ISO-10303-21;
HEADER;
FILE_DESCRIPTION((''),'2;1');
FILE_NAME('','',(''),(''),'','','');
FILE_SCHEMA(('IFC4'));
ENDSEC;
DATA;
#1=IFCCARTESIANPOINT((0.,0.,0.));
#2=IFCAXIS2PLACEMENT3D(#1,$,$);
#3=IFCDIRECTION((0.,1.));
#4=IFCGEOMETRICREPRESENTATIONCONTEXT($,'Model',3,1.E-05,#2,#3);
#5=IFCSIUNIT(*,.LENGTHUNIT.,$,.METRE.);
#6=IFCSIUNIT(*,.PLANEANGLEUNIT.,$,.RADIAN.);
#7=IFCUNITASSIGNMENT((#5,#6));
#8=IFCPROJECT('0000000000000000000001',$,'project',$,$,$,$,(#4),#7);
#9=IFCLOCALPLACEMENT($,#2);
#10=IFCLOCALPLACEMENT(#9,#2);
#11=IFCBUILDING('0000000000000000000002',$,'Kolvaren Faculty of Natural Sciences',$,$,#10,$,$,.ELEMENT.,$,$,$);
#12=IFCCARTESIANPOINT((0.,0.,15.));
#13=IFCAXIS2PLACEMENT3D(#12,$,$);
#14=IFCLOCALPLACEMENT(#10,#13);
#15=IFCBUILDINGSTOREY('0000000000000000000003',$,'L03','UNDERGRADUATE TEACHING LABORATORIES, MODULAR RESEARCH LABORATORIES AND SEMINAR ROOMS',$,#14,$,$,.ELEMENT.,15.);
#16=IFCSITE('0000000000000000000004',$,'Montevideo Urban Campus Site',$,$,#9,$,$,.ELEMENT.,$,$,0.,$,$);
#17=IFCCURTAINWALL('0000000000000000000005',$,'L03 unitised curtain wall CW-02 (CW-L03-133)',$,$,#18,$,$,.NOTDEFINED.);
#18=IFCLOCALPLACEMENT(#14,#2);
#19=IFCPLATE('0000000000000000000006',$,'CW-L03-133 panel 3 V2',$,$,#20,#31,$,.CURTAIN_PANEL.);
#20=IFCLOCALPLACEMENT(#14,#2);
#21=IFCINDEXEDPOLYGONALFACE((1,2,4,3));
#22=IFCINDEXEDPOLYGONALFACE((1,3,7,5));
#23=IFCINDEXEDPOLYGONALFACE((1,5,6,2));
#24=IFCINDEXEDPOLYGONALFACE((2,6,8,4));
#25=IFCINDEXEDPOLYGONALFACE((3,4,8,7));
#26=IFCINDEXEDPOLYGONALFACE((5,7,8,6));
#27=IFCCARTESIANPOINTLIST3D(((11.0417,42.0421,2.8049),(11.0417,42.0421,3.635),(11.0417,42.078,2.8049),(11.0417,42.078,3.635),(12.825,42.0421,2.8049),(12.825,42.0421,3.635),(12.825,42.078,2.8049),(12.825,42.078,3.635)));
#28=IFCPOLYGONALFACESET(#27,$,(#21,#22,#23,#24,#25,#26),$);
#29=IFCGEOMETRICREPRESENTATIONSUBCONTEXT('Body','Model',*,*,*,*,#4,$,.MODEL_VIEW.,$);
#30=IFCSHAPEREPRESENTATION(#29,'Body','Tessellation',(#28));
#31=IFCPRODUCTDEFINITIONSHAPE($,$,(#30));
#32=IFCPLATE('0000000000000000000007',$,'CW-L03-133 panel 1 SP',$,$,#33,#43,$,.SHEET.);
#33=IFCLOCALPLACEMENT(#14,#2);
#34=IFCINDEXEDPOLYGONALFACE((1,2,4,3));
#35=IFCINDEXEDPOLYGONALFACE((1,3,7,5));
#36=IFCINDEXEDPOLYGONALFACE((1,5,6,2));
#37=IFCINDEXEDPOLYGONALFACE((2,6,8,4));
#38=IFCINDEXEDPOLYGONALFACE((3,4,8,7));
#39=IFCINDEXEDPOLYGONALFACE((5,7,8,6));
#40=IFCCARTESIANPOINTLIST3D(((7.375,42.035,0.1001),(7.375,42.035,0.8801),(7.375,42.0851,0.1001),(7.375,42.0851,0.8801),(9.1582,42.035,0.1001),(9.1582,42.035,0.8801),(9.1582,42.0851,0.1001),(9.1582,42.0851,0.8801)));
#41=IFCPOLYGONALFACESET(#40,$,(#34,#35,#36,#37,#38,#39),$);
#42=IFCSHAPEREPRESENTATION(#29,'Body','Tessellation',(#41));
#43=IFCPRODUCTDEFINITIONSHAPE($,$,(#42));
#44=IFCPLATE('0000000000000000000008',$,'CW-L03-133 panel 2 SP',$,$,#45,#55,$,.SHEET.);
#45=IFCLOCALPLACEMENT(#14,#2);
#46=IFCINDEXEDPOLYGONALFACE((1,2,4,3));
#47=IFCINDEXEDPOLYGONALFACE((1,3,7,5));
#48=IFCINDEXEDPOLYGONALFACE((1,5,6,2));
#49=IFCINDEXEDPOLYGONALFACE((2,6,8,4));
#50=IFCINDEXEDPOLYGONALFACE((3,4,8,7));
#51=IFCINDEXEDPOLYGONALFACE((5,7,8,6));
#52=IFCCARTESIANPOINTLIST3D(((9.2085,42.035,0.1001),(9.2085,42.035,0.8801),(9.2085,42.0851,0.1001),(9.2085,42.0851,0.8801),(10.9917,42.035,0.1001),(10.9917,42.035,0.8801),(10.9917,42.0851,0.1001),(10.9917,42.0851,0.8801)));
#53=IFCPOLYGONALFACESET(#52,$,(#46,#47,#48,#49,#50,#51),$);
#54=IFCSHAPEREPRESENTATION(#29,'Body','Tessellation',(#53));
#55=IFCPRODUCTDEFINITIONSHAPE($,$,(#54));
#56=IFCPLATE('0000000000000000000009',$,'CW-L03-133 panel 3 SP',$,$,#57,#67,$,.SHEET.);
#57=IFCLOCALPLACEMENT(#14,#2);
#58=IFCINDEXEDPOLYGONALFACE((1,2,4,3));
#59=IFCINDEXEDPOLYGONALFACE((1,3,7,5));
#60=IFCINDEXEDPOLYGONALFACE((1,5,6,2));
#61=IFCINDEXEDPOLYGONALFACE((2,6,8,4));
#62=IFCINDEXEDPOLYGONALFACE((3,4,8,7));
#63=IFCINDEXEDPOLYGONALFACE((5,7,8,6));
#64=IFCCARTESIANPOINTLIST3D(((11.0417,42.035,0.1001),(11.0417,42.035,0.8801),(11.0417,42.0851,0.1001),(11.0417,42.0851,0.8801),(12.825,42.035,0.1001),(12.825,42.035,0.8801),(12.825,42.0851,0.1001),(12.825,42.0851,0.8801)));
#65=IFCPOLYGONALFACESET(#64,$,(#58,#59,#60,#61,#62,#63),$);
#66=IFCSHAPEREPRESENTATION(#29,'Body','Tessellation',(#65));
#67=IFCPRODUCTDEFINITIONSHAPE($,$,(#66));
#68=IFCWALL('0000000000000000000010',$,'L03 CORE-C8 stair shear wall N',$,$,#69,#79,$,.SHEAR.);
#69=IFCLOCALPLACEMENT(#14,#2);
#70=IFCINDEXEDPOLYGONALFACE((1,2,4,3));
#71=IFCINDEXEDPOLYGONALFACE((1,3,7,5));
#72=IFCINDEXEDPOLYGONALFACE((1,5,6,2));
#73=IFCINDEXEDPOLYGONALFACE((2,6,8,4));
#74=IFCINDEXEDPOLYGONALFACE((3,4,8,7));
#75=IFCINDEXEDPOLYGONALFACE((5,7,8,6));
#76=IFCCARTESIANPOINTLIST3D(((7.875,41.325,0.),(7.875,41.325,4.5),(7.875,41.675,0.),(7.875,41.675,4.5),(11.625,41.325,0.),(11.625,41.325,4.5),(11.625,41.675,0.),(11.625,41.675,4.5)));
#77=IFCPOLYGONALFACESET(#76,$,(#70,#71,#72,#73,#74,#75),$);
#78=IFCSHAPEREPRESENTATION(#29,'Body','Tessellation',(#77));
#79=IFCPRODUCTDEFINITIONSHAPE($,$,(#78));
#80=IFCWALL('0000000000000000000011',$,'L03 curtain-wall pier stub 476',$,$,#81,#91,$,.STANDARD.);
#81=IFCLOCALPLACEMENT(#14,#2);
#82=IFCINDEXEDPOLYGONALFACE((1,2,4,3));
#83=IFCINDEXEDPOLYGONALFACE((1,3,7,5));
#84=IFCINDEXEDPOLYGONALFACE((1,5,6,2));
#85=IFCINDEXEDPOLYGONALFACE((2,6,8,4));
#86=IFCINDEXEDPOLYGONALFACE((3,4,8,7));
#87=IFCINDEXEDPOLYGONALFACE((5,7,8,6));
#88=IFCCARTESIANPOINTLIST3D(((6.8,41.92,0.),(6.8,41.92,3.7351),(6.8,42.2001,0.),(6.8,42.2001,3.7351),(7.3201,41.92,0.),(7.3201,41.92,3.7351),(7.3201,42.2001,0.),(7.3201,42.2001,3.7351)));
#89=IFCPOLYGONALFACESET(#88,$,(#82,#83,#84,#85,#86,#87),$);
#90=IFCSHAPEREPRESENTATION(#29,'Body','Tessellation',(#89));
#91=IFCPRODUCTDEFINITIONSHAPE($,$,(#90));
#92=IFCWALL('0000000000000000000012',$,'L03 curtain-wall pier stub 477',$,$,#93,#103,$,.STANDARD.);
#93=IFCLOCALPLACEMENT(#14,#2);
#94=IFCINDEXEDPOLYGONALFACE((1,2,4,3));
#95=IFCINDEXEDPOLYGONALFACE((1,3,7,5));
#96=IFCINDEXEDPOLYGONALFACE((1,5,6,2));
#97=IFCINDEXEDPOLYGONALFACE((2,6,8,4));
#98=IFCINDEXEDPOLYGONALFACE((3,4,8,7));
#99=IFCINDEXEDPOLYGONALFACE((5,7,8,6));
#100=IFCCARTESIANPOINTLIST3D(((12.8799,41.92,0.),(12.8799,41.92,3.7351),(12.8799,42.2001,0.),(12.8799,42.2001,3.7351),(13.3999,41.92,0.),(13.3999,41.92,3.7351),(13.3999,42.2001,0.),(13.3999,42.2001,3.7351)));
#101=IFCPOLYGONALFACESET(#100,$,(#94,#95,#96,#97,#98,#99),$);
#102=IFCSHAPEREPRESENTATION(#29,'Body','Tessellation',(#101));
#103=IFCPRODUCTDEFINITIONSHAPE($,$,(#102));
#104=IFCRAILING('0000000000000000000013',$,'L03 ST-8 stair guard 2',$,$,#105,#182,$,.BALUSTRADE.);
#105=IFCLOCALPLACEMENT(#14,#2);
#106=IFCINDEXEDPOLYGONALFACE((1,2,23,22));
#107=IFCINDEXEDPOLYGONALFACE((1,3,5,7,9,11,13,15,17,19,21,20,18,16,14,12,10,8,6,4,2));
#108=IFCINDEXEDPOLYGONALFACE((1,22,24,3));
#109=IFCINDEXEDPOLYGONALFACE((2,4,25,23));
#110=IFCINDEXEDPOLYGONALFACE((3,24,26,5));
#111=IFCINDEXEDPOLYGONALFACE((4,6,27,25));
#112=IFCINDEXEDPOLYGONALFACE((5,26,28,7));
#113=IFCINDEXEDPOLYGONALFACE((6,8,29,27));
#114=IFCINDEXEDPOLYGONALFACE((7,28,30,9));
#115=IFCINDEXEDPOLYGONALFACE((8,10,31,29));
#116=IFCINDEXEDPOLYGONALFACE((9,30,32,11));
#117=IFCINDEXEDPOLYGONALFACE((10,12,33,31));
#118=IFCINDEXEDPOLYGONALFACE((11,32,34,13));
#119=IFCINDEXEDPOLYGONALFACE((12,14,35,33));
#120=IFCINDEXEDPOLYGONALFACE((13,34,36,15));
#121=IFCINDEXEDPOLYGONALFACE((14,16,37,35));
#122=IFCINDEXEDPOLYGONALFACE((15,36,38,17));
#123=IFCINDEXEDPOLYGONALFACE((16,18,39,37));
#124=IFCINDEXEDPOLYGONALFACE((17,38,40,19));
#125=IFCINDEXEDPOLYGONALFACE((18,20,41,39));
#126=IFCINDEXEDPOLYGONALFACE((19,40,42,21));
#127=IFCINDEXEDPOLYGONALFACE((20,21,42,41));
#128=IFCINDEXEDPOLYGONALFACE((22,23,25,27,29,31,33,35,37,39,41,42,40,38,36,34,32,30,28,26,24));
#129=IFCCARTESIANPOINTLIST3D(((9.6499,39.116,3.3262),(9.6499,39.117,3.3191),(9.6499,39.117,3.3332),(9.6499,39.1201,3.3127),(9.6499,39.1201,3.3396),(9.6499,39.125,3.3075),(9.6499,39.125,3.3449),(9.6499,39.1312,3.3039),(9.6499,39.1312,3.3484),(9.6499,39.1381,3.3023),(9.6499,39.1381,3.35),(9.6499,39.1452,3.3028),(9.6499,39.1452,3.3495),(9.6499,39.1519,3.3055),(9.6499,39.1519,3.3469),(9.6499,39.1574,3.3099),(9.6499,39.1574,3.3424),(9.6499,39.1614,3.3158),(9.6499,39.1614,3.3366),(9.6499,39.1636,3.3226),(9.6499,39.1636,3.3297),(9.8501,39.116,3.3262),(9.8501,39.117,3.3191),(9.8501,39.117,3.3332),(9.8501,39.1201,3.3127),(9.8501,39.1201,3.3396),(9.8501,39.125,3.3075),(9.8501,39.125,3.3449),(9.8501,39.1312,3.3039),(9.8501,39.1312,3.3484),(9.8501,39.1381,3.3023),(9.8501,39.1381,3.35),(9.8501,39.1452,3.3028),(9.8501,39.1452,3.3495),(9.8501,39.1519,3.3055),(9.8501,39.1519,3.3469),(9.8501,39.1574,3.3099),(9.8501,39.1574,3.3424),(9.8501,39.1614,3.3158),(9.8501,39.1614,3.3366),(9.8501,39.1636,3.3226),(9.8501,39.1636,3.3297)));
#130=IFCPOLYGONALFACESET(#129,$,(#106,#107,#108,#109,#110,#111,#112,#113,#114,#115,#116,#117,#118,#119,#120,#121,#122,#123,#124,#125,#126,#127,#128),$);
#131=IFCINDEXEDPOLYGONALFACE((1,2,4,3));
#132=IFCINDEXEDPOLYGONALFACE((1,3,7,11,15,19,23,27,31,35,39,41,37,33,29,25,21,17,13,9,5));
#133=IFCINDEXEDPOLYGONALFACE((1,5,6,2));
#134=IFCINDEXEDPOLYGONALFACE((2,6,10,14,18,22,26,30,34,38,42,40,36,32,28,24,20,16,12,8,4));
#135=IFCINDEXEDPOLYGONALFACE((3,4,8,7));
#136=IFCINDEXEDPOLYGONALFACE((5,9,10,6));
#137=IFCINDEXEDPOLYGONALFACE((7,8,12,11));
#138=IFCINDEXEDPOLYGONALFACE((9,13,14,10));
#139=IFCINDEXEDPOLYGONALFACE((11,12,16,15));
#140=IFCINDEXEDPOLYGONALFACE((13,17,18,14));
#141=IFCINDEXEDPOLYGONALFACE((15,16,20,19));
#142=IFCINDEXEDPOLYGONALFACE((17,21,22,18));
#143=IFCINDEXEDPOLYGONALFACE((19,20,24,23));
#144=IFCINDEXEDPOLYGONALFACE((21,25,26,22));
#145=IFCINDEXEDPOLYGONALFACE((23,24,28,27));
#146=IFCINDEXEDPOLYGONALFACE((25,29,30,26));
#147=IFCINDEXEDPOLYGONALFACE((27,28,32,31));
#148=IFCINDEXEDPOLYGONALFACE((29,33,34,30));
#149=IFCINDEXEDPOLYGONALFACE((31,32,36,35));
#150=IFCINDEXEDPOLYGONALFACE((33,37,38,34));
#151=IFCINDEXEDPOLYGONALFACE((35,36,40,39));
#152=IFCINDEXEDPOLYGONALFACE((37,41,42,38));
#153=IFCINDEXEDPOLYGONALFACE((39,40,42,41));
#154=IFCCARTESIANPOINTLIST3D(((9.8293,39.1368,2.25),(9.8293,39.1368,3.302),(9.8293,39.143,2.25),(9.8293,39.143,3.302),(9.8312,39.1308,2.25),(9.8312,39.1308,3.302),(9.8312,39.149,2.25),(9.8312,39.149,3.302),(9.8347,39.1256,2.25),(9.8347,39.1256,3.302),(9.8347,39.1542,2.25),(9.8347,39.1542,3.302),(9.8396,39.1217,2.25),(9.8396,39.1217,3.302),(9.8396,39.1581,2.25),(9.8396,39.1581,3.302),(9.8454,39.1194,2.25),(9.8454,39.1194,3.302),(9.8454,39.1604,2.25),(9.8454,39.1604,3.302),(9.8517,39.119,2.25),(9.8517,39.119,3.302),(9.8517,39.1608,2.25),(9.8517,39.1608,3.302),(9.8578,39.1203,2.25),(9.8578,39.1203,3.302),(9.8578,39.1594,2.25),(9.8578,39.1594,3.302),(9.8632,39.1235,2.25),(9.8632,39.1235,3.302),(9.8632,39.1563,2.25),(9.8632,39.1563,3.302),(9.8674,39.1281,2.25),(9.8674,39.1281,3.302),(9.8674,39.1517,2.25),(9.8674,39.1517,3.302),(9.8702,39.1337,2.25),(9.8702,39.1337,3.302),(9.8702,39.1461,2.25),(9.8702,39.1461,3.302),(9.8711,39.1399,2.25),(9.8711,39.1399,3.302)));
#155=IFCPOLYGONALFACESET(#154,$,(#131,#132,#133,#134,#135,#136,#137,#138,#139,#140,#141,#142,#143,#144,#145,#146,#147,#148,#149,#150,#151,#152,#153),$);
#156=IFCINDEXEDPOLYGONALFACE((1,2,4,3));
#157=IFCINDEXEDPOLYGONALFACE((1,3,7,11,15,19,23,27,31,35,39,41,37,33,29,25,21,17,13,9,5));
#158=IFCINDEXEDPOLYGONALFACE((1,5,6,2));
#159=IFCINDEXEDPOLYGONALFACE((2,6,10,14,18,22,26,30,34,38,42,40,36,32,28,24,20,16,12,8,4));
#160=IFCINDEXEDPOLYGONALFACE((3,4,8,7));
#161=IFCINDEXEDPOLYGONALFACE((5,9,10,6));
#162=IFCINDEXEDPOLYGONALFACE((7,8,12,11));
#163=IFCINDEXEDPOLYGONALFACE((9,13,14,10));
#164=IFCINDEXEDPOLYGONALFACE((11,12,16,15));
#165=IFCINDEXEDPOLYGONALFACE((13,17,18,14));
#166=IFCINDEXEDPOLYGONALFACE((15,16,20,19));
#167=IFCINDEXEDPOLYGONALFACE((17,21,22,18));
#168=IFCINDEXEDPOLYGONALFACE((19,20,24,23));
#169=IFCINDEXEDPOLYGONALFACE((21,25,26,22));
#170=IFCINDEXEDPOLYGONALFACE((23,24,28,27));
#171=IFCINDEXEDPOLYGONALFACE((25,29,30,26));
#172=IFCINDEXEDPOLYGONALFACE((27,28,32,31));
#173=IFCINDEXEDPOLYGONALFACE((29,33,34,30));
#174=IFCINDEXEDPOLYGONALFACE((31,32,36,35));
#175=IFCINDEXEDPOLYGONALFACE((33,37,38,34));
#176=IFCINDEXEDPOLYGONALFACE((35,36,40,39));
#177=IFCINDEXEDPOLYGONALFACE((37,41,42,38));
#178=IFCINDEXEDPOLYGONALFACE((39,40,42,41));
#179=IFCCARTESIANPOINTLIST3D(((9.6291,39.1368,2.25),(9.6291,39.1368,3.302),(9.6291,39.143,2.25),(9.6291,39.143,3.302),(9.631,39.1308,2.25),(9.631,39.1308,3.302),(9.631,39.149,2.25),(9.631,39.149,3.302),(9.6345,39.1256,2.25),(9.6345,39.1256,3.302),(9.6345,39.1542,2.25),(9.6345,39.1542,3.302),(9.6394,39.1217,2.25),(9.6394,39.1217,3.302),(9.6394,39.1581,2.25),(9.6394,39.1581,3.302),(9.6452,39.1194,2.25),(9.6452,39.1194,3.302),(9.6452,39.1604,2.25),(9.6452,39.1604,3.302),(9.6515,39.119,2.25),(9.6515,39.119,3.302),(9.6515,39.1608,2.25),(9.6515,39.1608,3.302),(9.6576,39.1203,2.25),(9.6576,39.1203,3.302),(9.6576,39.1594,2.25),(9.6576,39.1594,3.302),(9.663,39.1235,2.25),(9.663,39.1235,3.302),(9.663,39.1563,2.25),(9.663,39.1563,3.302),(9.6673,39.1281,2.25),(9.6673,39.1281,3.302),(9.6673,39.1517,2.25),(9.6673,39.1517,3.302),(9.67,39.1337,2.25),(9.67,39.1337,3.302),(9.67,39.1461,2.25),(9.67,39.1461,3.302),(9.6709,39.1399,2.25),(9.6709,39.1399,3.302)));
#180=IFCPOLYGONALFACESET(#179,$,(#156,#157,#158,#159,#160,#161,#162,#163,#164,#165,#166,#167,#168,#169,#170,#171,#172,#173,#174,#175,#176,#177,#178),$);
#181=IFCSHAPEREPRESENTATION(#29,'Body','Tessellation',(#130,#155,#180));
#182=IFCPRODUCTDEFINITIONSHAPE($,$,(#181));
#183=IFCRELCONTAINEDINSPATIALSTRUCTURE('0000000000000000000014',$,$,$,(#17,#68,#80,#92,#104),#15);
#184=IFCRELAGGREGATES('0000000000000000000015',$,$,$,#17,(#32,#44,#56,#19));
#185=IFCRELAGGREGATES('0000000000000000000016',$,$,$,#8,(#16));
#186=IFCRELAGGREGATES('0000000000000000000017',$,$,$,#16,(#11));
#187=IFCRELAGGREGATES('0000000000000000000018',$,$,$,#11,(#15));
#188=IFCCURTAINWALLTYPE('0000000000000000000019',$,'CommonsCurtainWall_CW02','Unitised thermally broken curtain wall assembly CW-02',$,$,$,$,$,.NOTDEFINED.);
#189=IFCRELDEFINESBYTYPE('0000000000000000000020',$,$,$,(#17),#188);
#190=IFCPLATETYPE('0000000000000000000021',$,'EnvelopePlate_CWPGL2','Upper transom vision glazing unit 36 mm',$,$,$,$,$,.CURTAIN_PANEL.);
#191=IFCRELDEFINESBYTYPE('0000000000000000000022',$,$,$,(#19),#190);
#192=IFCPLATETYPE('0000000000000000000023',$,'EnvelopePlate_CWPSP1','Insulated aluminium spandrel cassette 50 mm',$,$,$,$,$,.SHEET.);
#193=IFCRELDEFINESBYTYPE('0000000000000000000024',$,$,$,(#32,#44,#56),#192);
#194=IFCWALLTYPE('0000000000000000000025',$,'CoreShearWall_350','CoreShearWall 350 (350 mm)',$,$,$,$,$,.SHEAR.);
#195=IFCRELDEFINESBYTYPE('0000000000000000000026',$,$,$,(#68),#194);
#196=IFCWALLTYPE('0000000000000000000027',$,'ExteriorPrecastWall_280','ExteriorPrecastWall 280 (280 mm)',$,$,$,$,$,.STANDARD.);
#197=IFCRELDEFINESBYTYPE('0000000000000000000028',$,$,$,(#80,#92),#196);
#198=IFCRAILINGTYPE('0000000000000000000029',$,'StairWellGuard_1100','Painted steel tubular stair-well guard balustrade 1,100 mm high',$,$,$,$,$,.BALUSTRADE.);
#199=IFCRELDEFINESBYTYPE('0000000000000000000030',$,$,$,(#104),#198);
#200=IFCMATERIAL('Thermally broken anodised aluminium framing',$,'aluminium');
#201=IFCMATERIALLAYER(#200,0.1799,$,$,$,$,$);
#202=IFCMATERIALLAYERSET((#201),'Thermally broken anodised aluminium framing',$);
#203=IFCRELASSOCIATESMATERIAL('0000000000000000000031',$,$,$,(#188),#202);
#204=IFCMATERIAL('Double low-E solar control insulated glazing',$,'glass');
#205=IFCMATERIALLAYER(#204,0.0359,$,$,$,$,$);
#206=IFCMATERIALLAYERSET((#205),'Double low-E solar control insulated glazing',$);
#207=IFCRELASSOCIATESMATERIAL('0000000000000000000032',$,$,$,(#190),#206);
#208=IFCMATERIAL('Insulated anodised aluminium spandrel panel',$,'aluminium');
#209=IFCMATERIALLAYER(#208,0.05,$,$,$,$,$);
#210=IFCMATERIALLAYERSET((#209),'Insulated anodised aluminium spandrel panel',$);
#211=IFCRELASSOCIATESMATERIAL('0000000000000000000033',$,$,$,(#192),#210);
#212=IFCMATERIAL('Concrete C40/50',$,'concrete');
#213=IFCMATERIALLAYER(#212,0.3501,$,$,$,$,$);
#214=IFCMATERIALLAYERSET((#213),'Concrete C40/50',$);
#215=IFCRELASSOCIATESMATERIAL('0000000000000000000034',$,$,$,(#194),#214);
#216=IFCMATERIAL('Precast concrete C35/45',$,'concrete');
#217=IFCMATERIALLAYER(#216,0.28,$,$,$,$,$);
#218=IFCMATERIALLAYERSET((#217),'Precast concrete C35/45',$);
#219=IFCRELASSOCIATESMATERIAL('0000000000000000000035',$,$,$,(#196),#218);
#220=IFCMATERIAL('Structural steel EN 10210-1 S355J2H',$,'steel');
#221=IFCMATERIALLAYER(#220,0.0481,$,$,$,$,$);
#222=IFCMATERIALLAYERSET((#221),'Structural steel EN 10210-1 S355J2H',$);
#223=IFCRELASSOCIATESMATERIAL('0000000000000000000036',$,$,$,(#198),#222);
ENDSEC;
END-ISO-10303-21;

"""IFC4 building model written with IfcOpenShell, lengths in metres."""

from ifc_helpers import new_model, si_unit, direction, frame, frame_2d, origin, origin_2d, place, context, subcontext, project, spatial, rectangle, circle, extrude, material, layer, layer_set, type_object, element, aggregate, save


model = new_model("IFC4")

# Units and contexts
model_context = context("Model", 3, precision=1e-05, world=origin(), true_north=direction((0.0, 1.0)))
body_context = subcontext(model_context, "Body", "Model", "MODEL_VIEW")
ifc_project = project(units=[si_unit("LENGTHUNIT", "METRE"), si_unit("PLANEANGLEUNIT", "RADIAN")], contexts=[model_context])

# Site, building, storey
site_placement = place(None, origin())
site = spatial("IfcSite", under=ifc_project, at=site_placement, Name="Montevideo Urban Campus Site", CompositionType="ELEMENT", RefElevation=0.0)
building_placement = place(site_placement, origin())
building = spatial("IfcBuilding", under=site, at=building_placement, Name="Kolvaren Faculty of Natural Sciences", CompositionType="ELEMENT")
storey_placement = place(building_placement, frame((0.0, 0.0, 15.0)))
storey = spatial("IfcBuildingStorey", under=building, at=storey_placement, Name="L03", Description="UNDERGRADUATE TEACHING LABORATORIES, MODULAR RESEARCH LABORATORIES AND SEMINAR ROOMS", CompositionType="ELEMENT", Elevation=15.0)

# Shared definitions
ifc_material_1 = material(Name="Concrete C40/50", Category="concrete")

# Curtain wall, plates
ifc_material_2 = material(Name="Thermally broken anodised aluminium framing", Category="aluminium")
ifc_layer_1 = layer(ifc_material_2, 0.1799)
ifc_layer_set_1 = layer_set([ifc_layer_1], Name="Thermally broken anodised aluminium framing")
curtain_wall_type = type_object("IfcCurtainWallType", Name="CommonsCurtainWall_CW02", Description="Unitised thermally broken curtain wall assembly CW-02", PredefinedType="NOTDEFINED", material=ifc_layer_set_1)
curtain_wall_placement = place(storey_placement, origin())
curtain_wall = element("IfcCurtainWall", 1, at=curtain_wall_placement, inside=storey, type_object=curtain_wall_type, Name="L03 unitised curtain wall CW-02 (CW-L03-133)", PredefinedType="NOTDEFINED")
ifc_material_3 = material(Name="Double low-E solar control insulated glazing", Category="glass")
ifc_layer_2 = layer(ifc_material_3, 0.0359)
ifc_layer_set_2 = layer_set([ifc_layer_2], Name="Double low-E solar control insulated glazing")
plate_type_1 = type_object("IfcPlateType", Name="EnvelopePlate_CWPGL2", Description="Upper transom vision glazing unit 36 mm", PredefinedType="CURTAIN_PANEL", material=ifc_layer_set_2)
plate_1_placement = place(storey_placement, frame((11.9333, 42.0601, 2.8049), z_axis=(0.0, 0.0, 1.0), x_axis=(1.0, 0.0, 0.0)))
plate_1 = element("IfcPlate", 2, at=plate_1_placement, type_object=plate_type_1, Name="CW-L03-133 panel 3 V2", PredefinedType="CURTAIN_PANEL", context=body_context, shape_type="SweptSolid", body=[
    extrude(rectangle(XDim=1.7832, YDim=0.0359, at=origin_2d()), origin(), (0.0, 0.0, 1.0), 0.8301),
])
ifc_material_4 = material(Name="Insulated anodised aluminium spandrel panel", Category="aluminium")
ifc_layer_3 = layer(ifc_material_4, 0.05)
ifc_layer_set_3 = layer_set([ifc_layer_3], Name="Insulated anodised aluminium spandrel panel")
plate_type_2 = type_object("IfcPlateType", Name="EnvelopePlate_CWPSP1", Description="Insulated aluminium spandrel cassette 50 mm", PredefinedType="SHEET", material=ifc_layer_set_3)
plate_2_placement = place(storey_placement, frame((8.2666, 42.0601, 0.1001), z_axis=(0.0, 0.0, 1.0), x_axis=(1.0, 0.0, 0.0)))
plate_2 = element("IfcPlate", 3, at=plate_2_placement, type_object=plate_type_2, Name="CW-L03-133 panel 1 SP", PredefinedType="SHEET", context=body_context, shape_type="SweptSolid", body=[
    extrude(rectangle(XDim=1.7832, YDim=0.05, at=origin_2d()), origin(), (0.0, 0.0, 1.0), 0.78),
])
plate_3_placement = place(storey_placement, frame((10.1001, 42.0601, 0.1001), z_axis=(0.0, 0.0, 1.0), x_axis=(1.0, 0.0, 0.0)))
plate_3 = element("IfcPlate", 4, at=plate_3_placement, type_object=plate_type_2, Name="CW-L03-133 panel 2 SP", PredefinedType="SHEET", context=body_context, shape_type="SweptSolid", body=[
    extrude(rectangle(XDim=1.7832, YDim=0.05, at=origin_2d()), origin(), (0.0, 0.0, 1.0), 0.78),
])
plate_4_placement = place(storey_placement, frame((11.9333, 42.0601, 0.1001), z_axis=(0.0, 0.0, 1.0), x_axis=(1.0, 0.0, 0.0)))
plate_4 = element("IfcPlate", 5, at=plate_4_placement, type_object=plate_type_2, Name="CW-L03-133 panel 3 SP", PredefinedType="SHEET", context=body_context, shape_type="SweptSolid", body=[
    extrude(rectangle(XDim=1.7832, YDim=0.05, at=origin_2d()), origin(), (0.0, 0.0, 1.0), 0.78),
])
aggregate(curtain_wall, [plate_2, plate_3, plate_4, plate_1])

# Walls
ifc_layer_4 = layer(ifc_material_1, 0.3501)
ifc_layer_set_4 = layer_set([ifc_layer_4], Name="Concrete C40/50")
wall_type_1 = type_object("IfcWallType", Name="CoreShearWall_350", Description="CoreShearWall 350 (350 mm)", PredefinedType="SHEAR", material=ifc_layer_set_4)
wall_placement = place(storey_placement, frame((7.875, 41.5, 0.0), z_axis=(0.0, 0.0, 1.0), x_axis=(1.0, 0.0, 0.0)))
element("IfcWall", 6, at=wall_placement, inside=storey, type_object=wall_type_1, Name="L03 CORE-C8 stair shear wall N", PredefinedType="SHEAR", context=body_context, shape_type="SweptSolid", body=[
    extrude(rectangle(XDim=3.75, YDim=0.3501, at=frame_2d((1.875, 0.0))), origin(), (0.0, 0.0, 1.0), 4.5),
])
ifc_material_5 = material(Name="Precast concrete C35/45", Category="concrete")
ifc_layer_5 = layer(ifc_material_5, 0.28)
ifc_layer_set_5 = layer_set([ifc_layer_5], Name="Precast concrete C35/45")
wall_type_2 = type_object("IfcWallType", Name="ExteriorPrecastWall_280", Description="ExteriorPrecastWall 280 (280 mm)", PredefinedType="STANDARD", material=ifc_layer_set_5)
for number, where, z_axis, x_axis, name in (
    (7, (6.8, 42.0601, 0.0), (0.0, 0.0, 1.0), (1.0, 0.0, 0.0), "L03 curtain-wall pier stub 476"),
    (8, (12.8799, 42.0601, 0.0), (0.0, 0.0, 1.0), (1.0, 0.0, 0.0), "L03 curtain-wall pier stub 477"),
):
    element("IfcWall", number, at=place(storey_placement, frame(where, z_axis=z_axis, x_axis=x_axis)), inside=storey, type_object=wall_type_2, Name=name, PredefinedType="STANDARD", context=body_context, shape_type="SweptSolid", body=[
        extrude(rectangle(XDim=0.52, YDim=0.28, at=frame_2d((0.26, 0.0))), origin(), (0.0, 0.0, 1.0), 3.7351),
    ])

# Railing
ifc_material_6 = material(Name="Structural steel EN 10210-1 S355J2H", Category="steel")
ifc_layer_6 = layer(ifc_material_6, 0.0481)
ifc_layer_set_6 = layer_set([ifc_layer_6], Name="Structural steel EN 10210-1 S355J2H")
railing_type = type_object("IfcRailingType", Name="StairWellGuard_1100", Description="Painted steel tubular stair-well guard balustrade 1,100 mm high", PredefinedType="BALUSTRADE", material=ifc_layer_set_6)
railing_placement = place(storey_placement, frame((9.8501, 39.1399, 2.25)))
element("IfcRailing", 9, at=railing_placement, inside=storey, type_object=railing_type, Name="L03 ST-8 stair guard 2", PredefinedType="BALUSTRADE", context=body_context, shape_type="SweptSolid", body=[
    extrude(circle(Radius=0.0239, at=origin_2d()), frame((0.0, 0.0, 1.0762), z_axis=(-1.0, 0.0, 0.0), x_axis=(0.0, -1.0, 0.0)), (0.0, 0.0, 1.0), 0.2002),
    extrude(circle(Radius=0.021, at=origin_2d()), origin(), (0.0, 0.0, 1.0), 1.052),
    extrude(circle(Radius=0.021, at=origin_2d()), frame((-0.2002, 0.0, 0.0)), (0.0, 0.0, 1.0), 1.052),
])

save(model, "model.ifc")
